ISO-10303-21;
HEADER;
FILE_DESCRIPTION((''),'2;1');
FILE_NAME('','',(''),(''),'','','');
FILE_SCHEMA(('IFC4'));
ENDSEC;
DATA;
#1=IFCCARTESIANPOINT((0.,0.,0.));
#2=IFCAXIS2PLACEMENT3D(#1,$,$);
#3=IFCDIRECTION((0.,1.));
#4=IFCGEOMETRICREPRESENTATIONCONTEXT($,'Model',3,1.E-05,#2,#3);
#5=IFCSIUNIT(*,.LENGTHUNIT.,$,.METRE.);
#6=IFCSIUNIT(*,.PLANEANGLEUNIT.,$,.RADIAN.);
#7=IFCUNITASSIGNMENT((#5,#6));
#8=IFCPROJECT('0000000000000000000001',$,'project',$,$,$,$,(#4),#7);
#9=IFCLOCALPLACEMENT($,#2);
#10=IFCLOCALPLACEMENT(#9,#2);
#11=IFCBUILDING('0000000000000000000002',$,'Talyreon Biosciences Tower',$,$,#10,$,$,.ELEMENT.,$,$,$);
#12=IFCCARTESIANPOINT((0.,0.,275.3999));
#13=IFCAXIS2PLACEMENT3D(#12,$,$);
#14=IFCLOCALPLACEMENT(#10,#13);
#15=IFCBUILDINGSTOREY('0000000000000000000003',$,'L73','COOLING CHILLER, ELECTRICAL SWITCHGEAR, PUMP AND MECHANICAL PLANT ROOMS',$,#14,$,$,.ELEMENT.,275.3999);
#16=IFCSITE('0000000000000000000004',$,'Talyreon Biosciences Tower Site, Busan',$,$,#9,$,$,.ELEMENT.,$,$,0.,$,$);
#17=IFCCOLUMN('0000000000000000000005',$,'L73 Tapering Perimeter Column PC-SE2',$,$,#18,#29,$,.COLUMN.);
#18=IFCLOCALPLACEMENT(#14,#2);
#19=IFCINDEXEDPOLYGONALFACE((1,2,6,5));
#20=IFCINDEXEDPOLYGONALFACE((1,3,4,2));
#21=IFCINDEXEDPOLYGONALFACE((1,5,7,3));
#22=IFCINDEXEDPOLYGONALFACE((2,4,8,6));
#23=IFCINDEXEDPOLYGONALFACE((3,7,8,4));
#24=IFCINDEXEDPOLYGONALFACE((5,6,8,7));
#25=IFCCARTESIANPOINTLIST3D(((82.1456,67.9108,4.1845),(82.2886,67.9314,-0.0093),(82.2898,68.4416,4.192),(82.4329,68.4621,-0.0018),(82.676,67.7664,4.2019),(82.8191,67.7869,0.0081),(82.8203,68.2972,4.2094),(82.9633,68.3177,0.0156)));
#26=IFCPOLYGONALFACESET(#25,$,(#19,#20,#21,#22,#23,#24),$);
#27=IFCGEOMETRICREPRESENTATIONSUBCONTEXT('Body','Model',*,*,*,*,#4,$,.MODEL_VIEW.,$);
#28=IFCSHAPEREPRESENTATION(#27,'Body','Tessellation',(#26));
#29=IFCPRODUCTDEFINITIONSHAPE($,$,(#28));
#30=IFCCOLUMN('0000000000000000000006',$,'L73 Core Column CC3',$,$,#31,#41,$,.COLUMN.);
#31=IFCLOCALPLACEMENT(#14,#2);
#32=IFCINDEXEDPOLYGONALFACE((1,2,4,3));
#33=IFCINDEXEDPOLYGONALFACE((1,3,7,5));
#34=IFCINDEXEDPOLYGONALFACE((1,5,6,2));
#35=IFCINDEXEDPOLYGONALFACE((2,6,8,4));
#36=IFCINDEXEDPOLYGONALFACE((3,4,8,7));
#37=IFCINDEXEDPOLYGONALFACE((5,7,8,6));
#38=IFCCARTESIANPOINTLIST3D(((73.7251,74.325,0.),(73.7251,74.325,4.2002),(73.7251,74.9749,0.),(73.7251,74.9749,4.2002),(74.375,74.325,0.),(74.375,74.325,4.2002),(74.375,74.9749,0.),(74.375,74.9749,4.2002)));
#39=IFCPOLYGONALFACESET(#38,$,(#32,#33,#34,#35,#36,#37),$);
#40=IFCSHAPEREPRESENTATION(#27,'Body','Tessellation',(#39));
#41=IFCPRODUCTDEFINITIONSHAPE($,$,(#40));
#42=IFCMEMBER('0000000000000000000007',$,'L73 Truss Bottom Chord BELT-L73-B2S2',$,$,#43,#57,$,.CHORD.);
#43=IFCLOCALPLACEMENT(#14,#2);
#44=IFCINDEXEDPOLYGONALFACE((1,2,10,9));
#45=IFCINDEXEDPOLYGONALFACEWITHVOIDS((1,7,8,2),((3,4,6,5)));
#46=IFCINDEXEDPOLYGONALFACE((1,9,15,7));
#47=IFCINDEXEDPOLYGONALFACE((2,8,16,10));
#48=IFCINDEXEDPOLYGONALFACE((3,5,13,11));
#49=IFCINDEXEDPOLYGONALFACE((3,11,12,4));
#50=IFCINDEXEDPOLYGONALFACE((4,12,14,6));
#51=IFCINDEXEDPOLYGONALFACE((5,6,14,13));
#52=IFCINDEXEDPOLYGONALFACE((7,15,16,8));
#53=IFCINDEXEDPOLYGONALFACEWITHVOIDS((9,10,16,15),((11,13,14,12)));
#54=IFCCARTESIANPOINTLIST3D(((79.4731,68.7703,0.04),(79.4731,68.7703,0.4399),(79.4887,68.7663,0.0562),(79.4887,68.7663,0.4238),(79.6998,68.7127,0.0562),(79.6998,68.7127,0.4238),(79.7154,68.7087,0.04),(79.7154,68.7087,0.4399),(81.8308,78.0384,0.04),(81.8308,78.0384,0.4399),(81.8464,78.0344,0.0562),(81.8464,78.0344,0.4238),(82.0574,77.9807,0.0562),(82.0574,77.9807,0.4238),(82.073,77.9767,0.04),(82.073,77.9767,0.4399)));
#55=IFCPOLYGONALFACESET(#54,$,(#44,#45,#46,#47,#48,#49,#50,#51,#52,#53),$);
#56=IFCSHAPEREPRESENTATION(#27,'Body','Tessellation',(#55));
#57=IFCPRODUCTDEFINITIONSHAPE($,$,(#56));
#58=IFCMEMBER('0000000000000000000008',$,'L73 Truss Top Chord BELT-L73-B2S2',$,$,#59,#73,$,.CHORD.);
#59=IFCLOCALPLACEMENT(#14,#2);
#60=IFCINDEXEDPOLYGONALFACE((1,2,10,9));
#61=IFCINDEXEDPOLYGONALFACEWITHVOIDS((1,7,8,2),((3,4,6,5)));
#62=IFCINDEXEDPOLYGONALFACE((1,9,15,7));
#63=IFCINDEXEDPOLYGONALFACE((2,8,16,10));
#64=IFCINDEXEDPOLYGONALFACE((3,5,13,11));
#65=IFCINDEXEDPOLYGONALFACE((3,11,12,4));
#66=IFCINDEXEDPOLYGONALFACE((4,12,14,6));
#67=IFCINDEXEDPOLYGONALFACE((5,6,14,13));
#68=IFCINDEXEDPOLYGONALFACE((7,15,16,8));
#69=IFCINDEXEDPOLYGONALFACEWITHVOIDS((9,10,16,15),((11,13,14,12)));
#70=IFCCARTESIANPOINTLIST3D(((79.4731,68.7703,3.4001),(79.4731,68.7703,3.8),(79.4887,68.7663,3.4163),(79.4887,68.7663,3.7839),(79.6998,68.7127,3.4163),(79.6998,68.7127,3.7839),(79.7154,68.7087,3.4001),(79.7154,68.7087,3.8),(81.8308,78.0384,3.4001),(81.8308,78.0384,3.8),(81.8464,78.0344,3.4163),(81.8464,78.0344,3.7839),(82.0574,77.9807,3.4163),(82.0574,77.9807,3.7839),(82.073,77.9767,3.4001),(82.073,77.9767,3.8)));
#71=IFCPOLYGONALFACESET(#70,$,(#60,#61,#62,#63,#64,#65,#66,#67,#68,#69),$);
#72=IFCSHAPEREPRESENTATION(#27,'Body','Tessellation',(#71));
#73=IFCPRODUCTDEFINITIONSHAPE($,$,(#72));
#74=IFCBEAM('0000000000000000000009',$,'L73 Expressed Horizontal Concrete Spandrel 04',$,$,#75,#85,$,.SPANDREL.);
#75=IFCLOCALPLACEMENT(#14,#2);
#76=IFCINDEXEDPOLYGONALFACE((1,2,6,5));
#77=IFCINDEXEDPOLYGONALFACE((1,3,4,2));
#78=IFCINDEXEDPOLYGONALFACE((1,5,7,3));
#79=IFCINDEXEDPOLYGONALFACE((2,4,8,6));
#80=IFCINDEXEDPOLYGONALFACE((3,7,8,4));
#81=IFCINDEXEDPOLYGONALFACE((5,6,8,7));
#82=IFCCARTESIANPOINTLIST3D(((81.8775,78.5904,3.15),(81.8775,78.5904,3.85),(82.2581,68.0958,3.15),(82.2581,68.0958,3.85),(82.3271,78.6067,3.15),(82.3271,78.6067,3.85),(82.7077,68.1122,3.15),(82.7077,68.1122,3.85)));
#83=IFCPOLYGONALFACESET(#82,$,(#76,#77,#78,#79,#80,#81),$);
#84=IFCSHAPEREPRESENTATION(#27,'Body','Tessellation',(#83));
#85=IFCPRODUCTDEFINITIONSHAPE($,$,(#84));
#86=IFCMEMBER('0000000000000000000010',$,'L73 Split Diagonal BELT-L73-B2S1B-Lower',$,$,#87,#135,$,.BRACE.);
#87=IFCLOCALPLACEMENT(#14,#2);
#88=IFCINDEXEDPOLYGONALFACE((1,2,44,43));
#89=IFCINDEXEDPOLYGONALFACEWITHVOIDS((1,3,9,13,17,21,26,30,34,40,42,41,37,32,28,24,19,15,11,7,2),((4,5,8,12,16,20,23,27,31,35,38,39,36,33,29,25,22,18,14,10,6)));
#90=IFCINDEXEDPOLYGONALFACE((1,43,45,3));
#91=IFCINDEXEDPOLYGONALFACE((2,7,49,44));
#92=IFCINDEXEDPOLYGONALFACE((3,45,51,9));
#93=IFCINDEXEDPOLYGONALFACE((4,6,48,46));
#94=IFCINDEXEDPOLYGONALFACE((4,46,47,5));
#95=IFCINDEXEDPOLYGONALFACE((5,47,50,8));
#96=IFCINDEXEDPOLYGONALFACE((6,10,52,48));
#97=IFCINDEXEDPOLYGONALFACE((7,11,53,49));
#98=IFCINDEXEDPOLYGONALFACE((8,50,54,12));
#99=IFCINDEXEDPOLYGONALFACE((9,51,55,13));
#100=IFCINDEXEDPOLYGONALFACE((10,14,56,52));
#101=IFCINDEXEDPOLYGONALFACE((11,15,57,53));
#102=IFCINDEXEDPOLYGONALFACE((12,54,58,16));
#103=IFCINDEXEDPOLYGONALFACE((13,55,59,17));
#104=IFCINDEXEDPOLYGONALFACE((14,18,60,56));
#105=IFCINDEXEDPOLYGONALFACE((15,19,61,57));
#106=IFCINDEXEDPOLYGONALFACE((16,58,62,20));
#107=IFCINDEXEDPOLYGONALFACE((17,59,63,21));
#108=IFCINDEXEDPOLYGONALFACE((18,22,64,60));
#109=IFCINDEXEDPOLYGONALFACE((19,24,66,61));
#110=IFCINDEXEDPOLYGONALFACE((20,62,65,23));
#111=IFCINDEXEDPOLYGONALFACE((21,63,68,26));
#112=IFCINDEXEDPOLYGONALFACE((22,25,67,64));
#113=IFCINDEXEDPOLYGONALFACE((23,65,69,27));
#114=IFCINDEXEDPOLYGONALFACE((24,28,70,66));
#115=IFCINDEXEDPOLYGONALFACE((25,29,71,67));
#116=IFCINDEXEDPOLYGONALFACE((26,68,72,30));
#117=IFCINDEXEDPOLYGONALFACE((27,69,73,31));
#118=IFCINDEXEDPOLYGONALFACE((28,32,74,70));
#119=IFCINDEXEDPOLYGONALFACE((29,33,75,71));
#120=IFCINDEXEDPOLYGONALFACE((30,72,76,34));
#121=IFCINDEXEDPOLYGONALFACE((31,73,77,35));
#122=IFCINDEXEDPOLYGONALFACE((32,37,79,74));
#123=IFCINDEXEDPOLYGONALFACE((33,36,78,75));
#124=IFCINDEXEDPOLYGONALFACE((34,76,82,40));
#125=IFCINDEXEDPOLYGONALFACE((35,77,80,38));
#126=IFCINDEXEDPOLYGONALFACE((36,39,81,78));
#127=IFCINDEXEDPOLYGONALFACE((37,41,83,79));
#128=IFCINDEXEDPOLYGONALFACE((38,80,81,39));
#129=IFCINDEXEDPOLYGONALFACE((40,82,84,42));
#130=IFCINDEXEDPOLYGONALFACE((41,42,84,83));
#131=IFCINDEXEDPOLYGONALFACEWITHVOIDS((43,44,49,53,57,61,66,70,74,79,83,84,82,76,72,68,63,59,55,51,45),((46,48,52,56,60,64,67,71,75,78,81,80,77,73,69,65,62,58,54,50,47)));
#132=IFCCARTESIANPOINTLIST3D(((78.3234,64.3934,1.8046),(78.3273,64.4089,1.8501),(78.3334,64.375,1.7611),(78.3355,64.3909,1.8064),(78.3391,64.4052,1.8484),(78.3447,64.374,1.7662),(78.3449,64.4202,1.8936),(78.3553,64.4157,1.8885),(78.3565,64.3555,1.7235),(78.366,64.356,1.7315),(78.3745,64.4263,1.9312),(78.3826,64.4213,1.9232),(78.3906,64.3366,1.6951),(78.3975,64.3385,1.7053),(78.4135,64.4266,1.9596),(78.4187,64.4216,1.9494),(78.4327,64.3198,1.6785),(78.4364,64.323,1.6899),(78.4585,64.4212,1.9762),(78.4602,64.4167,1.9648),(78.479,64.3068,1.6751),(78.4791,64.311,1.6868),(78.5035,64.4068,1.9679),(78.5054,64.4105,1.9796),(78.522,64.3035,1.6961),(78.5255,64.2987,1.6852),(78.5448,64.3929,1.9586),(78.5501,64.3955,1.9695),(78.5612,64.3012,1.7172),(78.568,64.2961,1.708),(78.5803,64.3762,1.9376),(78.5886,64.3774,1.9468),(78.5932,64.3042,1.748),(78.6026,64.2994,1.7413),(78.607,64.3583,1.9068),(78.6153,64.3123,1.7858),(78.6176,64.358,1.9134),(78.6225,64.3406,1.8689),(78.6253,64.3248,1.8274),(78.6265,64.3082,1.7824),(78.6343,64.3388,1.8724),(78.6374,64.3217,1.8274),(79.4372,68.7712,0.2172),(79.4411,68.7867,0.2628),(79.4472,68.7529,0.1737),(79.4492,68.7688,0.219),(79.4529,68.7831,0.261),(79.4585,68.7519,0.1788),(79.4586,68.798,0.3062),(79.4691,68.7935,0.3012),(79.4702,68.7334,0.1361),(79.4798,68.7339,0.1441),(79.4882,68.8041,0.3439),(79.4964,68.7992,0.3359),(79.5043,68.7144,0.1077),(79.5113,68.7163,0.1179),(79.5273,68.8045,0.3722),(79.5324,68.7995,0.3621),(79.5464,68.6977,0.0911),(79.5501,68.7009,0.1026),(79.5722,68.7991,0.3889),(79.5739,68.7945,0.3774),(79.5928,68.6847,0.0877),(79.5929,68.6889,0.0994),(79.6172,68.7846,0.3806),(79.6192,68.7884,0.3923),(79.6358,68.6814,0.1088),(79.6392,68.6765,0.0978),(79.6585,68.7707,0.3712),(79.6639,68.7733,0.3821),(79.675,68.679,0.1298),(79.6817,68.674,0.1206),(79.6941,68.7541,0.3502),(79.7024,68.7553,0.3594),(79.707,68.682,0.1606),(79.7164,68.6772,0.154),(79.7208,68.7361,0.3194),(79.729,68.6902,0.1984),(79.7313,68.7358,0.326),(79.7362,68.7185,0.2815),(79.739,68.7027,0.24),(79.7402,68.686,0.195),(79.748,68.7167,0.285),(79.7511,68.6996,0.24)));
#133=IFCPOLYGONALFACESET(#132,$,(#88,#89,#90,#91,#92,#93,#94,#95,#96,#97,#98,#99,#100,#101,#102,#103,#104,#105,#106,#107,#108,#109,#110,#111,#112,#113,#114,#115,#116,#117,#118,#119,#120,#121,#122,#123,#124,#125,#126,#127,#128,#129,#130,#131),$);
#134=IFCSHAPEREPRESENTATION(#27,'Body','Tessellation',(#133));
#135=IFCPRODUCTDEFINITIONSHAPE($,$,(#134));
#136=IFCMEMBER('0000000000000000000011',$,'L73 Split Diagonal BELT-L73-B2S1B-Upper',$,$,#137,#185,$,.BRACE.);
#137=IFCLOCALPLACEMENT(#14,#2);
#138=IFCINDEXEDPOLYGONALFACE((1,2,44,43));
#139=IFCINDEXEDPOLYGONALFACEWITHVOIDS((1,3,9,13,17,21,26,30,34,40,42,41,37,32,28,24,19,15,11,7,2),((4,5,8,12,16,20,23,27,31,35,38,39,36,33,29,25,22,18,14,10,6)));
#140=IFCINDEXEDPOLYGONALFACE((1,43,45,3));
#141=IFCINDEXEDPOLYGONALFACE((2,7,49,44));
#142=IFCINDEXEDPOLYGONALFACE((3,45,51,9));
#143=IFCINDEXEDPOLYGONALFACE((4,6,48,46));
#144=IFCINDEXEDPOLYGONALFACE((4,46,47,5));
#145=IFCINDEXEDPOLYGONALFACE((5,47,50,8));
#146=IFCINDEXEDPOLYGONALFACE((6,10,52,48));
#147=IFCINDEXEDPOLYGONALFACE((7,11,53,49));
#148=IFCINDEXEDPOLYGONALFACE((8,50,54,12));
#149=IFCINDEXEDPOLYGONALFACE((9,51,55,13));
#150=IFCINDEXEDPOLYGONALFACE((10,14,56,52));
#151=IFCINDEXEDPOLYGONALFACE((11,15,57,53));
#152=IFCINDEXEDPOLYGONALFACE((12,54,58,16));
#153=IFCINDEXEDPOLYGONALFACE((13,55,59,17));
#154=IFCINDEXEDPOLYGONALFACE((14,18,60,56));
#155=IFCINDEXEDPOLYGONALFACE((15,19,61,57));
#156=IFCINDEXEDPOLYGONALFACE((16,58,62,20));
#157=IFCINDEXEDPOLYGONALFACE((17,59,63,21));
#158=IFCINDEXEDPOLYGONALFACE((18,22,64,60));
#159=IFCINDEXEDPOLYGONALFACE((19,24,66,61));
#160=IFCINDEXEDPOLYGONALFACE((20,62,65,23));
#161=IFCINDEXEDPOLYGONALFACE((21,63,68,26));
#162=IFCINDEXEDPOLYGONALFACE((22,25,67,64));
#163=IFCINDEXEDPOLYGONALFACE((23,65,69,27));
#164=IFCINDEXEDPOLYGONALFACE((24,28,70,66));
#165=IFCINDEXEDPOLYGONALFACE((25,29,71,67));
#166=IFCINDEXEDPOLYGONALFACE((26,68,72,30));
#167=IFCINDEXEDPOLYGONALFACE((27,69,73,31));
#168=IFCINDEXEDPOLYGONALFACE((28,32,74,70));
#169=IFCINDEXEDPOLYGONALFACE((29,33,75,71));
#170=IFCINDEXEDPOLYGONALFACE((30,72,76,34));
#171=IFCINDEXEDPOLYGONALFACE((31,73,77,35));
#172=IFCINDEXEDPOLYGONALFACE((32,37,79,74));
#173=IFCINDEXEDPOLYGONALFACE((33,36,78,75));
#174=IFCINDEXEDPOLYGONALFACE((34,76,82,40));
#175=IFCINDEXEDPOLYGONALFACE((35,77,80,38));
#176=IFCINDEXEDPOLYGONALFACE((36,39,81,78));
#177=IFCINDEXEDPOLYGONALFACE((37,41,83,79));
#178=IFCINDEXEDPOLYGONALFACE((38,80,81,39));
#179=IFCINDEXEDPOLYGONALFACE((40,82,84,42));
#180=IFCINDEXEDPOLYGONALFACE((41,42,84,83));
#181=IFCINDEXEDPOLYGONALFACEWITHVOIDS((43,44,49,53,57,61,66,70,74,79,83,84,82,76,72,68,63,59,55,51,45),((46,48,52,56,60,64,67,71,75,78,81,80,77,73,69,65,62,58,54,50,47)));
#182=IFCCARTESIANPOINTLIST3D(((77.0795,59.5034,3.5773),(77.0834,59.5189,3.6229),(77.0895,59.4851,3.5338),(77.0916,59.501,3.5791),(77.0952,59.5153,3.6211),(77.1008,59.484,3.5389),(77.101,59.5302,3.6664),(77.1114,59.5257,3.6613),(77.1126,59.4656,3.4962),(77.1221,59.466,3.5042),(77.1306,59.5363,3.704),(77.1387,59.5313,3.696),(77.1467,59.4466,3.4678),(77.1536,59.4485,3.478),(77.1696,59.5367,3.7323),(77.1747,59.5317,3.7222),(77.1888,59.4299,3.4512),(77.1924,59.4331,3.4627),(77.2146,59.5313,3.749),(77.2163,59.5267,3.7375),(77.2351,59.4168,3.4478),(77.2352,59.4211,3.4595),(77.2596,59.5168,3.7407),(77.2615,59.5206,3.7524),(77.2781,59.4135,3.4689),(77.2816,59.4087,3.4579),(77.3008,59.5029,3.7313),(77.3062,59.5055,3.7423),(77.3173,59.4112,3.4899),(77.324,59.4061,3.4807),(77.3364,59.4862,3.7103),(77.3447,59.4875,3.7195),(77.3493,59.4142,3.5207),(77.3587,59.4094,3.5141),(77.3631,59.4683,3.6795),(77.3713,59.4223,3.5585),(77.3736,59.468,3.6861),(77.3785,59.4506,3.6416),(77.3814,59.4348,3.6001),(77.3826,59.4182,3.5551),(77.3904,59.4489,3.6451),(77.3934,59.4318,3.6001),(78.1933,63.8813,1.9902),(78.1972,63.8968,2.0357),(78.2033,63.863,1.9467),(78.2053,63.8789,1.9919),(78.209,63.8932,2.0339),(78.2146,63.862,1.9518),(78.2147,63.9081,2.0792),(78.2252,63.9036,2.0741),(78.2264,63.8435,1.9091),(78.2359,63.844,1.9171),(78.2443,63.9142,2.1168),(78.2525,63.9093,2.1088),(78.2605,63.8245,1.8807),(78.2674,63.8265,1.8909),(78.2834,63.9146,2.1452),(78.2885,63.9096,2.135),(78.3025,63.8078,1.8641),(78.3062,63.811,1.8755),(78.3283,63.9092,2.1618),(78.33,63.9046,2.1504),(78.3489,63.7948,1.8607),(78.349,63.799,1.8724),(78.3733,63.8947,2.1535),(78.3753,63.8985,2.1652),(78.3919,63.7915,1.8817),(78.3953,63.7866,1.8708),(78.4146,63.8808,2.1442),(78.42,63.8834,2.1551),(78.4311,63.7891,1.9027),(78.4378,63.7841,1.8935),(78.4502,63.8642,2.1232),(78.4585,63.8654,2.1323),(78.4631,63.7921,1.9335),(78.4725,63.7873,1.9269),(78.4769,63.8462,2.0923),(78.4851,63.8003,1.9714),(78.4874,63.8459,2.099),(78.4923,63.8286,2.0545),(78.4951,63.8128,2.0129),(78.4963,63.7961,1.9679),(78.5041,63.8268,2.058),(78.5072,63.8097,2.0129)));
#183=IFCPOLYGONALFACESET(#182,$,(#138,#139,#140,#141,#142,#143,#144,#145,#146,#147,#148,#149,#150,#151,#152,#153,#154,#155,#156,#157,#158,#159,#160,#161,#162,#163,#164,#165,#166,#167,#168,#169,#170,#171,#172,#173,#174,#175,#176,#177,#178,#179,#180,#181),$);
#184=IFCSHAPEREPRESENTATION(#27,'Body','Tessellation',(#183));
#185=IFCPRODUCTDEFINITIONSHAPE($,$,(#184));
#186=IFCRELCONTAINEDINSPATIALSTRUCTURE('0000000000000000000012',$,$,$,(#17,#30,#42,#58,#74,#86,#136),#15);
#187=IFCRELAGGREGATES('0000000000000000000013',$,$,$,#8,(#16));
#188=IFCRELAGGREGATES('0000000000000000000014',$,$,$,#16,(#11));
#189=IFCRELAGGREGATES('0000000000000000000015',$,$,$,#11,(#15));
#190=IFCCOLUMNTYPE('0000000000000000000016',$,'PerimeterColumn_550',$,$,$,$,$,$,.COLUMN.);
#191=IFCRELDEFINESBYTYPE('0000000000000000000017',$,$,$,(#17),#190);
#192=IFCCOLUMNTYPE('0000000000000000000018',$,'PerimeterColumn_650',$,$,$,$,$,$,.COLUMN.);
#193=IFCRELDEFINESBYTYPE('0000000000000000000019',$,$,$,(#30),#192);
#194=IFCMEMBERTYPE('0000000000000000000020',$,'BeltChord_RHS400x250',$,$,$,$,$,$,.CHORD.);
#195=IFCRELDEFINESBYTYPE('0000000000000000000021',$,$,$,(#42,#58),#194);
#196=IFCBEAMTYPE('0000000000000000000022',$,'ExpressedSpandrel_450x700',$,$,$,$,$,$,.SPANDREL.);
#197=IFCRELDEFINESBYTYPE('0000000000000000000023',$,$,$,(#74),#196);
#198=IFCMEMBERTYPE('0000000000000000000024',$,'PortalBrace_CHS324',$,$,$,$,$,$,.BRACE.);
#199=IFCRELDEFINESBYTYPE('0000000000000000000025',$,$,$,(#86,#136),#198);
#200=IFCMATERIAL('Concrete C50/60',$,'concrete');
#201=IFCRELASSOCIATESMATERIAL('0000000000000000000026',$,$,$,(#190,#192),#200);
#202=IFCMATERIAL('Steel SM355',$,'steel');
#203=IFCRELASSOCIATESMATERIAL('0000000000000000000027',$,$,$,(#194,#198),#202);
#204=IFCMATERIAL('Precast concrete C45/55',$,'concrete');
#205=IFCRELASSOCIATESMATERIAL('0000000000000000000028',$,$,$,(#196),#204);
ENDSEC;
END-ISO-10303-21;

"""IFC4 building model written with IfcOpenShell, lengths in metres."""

from ifc_helpers import new_model, si_unit, direction, frame, origin, origin_2d, place, context, subcontext, project, spatial, rectangle, hollow_rectangle, hollow_circle, extrude, material, material_profile, profile_set, type_object, element, save


model = new_model("IFC4")

# Units and contexts
model_context = context("Model", 3, precision=1e-05, world=origin(), true_north=direction((0.0, 1.0)))
body_context = subcontext(model_context, "Body", "Model", "MODEL_VIEW")
ifc_project = project(units=[si_unit("LENGTHUNIT", "METRE"), si_unit("PLANEANGLEUNIT", "RADIAN")], contexts=[model_context])

# Site, building, storey
site_placement = place(None, origin())
site = spatial("IfcSite", under=ifc_project, at=site_placement, Name="Talyreon Biosciences Tower Site, Busan", CompositionType="ELEMENT", RefElevation=0.0)
building_placement = place(site_placement, origin())
building = spatial("IfcBuilding", under=site, at=building_placement, Name="Talyreon Biosciences Tower", CompositionType="ELEMENT")
storey_placement = place(building_placement, frame((0.0, 0.0, 275.3999)))
storey = spatial("IfcBuildingStorey", under=building, at=storey_placement, Name="L73", Description="COOLING CHILLER, ELECTRICAL SWITCHGEAR, PUMP AND MECHANICAL PLANT ROOMS", CompositionType="ELEMENT", Elevation=275.3999)

# Columns
ifc_material_1 = material(Name="Concrete C50/60", Category="concrete")
ifc_material_profile_1 = material_profile(ifc_material_1, rectangle(XDim=0.55, YDim=0.55, at=origin_2d()), Name="RC 550x550")
ifc_profile_set_1 = profile_set([ifc_material_profile_1], Name="Concrete C50/60")
column_type_1 = type_object("IfcColumnType", Name="PerimeterColumn_550", PredefinedType="COLUMN", material=ifc_profile_set_1)
column_1_placement = place(storey_placement, frame((82.626, 68.1245, 0.0032), z_axis=(-0.034093, -0.004887, 0.999407), x_axis=(0.964393, -0.262578, 0.031615)))
element("IfcColumn", 1, at=column_1_placement, inside=storey, type_object=column_type_1, Name="L73 Tapering Perimeter Column PC-SE2", PredefinedType="COLUMN", context=body_context, shape_type="SweptSolid", body=[
    extrude(rectangle(XDim=0.55, YDim=0.55, at=origin_2d()), origin(), (0.0, 0.0, 1.0), 4.1963),
])
ifc_material_profile_2 = material_profile(ifc_material_1, rectangle(XDim=0.6499, YDim=0.6499, at=origin_2d()), Name="RC 650x650")
ifc_profile_set_2 = profile_set([ifc_material_profile_2], Name="Concrete C50/60")
column_type_2 = type_object("IfcColumnType", Name="PerimeterColumn_650", PredefinedType="COLUMN", material=ifc_profile_set_2)
column_2_placement = place(storey_placement, frame((74.05, 74.6499, 0.0), z_axis=(0.0, 0.0, 1.0), x_axis=(1.0, 0.0, 0.0)))
element("IfcColumn", 2, at=column_2_placement, inside=storey, type_object=column_type_2, Name="L73 Core Column CC3", PredefinedType="COLUMN", context=body_context, shape_type="SweptSolid", body=[
    extrude(rectangle(XDim=0.6499, YDim=0.6499, at=origin_2d()), origin(), (0.0, 0.0, 1.0), 4.2002),
])

# Members
ifc_material_2 = material(Name="Steel SM355", Category="steel")
ifc_material_profile_3 = material_profile(ifc_material_2, hollow_rectangle(XDim=0.25, YDim=0.3999, WallThickness=0.0161, at=origin_2d()), Name="RHS 400x250x16")
ifc_profile_set_3 = profile_set([ifc_material_profile_3], Name="Steel SM355")
member_type_1 = type_object("IfcMemberType", Name="BeltChord_RHS400x250", PredefinedType="CHORD", material=ifc_profile_set_3)
for number, where, z_axis, x_axis, name in (
    (3, (79.5942, 68.7395, 0.24), (0.246534, 0.969134, 0.0), (-0.969134, 0.246534, 0.0), "L73 Truss Bottom Chord BELT-L73-B2S2"),
    (4, (79.5942, 68.7395, 3.6001), (0.246534, 0.969134, 0.0), (-0.969134, 0.246534, 0.0), "L73 Truss Top Chord BELT-L73-B2S2"),
):
    element("IfcMember", number, at=place(storey_placement, frame(where, z_axis=z_axis, x_axis=x_axis)), inside=storey, type_object=member_type_1, Name=name, PredefinedType="CHORD", context=body_context, shape_type="SweptSolid", body=[
        extrude(hollow_rectangle(XDim=0.25, YDim=0.3999, WallThickness=0.0161, at=origin_2d()), origin(), (0.0, 0.0, 1.0), 9.5632),
    ])

# Beam
ifc_material_3 = material(Name="Precast concrete C45/55", Category="concrete")
ifc_material_profile_4 = material_profile(ifc_material_3, rectangle(XDim=0.45, YDim=0.7, at=origin_2d()), Name="RCB 450x700")
ifc_profile_set_4 = profile_set([ifc_material_profile_4], Name="Precast concrete C45/55")
beam_type_1 = type_object("IfcBeamType", Name="ExpressedSpandrel_450x700", PredefinedType="SPANDREL", material=ifc_profile_set_4)
beam_1_placement = place(storey_placement, frame((82.4829, 68.104, 3.5), z_axis=(-0.036244, 0.999343, 0.0), x_axis=(-0.999343, -0.036244, 0.0)))
element("IfcBeam", 5, at=beam_1_placement, inside=storey, type_object=beam_type_1, Name="L73 Expressed Horizontal Concrete Spandrel 04", PredefinedType="SPANDREL", context=body_context, shape_type="SweptSolid", body=[
    extrude(rectangle(XDim=0.45, YDim=0.7, at=origin_2d()), origin(), (0.0, 0.0, 1.0), 10.5015),
])

# Members
ifc_material_profile_5 = material_profile(ifc_material_2, hollow_circle(Radius=0.1619, WallThickness=0.0125, at=origin_2d()), Name="CHS 323.9x12.5")
ifc_profile_set_5 = profile_set([ifc_material_profile_5], Name="Steel SM355")
member_type_2 = type_object("IfcMemberType", Name="PortalBrace_CHS324", PredefinedType="BRACE", material=ifc_profile_set_5)
for number, where, z_axis, x_axis, name in (
    (6, (79.5942, 68.7395, 0.24), (-0.232608, -0.914322, 0.331526), (0.96913, -0.246552, 0.0), "L73 Split Diagonal BELT-L73-B2S1B-Lower"),
    (7, (78.3503, 63.8496, 2.0129), (-0.232612, -0.914337, 0.33148), (0.96913, -0.246552, 0.0), "L73 Split Diagonal BELT-L73-B2S1B-Upper"),
):
    element("IfcMember", number, at=place(storey_placement, frame(where, z_axis=z_axis, x_axis=x_axis)), inside=storey, type_object=member_type_2, Name=name, PredefinedType="BRACE", context=body_context, shape_type="SweptSolid", body=[
        extrude(hollow_circle(Radius=0.1619, WallThickness=0.0125, at=origin_2d()), origin(), (0.0, 0.0, 1.0), 4.7881),
    ])

save(model, "model.ifc")
